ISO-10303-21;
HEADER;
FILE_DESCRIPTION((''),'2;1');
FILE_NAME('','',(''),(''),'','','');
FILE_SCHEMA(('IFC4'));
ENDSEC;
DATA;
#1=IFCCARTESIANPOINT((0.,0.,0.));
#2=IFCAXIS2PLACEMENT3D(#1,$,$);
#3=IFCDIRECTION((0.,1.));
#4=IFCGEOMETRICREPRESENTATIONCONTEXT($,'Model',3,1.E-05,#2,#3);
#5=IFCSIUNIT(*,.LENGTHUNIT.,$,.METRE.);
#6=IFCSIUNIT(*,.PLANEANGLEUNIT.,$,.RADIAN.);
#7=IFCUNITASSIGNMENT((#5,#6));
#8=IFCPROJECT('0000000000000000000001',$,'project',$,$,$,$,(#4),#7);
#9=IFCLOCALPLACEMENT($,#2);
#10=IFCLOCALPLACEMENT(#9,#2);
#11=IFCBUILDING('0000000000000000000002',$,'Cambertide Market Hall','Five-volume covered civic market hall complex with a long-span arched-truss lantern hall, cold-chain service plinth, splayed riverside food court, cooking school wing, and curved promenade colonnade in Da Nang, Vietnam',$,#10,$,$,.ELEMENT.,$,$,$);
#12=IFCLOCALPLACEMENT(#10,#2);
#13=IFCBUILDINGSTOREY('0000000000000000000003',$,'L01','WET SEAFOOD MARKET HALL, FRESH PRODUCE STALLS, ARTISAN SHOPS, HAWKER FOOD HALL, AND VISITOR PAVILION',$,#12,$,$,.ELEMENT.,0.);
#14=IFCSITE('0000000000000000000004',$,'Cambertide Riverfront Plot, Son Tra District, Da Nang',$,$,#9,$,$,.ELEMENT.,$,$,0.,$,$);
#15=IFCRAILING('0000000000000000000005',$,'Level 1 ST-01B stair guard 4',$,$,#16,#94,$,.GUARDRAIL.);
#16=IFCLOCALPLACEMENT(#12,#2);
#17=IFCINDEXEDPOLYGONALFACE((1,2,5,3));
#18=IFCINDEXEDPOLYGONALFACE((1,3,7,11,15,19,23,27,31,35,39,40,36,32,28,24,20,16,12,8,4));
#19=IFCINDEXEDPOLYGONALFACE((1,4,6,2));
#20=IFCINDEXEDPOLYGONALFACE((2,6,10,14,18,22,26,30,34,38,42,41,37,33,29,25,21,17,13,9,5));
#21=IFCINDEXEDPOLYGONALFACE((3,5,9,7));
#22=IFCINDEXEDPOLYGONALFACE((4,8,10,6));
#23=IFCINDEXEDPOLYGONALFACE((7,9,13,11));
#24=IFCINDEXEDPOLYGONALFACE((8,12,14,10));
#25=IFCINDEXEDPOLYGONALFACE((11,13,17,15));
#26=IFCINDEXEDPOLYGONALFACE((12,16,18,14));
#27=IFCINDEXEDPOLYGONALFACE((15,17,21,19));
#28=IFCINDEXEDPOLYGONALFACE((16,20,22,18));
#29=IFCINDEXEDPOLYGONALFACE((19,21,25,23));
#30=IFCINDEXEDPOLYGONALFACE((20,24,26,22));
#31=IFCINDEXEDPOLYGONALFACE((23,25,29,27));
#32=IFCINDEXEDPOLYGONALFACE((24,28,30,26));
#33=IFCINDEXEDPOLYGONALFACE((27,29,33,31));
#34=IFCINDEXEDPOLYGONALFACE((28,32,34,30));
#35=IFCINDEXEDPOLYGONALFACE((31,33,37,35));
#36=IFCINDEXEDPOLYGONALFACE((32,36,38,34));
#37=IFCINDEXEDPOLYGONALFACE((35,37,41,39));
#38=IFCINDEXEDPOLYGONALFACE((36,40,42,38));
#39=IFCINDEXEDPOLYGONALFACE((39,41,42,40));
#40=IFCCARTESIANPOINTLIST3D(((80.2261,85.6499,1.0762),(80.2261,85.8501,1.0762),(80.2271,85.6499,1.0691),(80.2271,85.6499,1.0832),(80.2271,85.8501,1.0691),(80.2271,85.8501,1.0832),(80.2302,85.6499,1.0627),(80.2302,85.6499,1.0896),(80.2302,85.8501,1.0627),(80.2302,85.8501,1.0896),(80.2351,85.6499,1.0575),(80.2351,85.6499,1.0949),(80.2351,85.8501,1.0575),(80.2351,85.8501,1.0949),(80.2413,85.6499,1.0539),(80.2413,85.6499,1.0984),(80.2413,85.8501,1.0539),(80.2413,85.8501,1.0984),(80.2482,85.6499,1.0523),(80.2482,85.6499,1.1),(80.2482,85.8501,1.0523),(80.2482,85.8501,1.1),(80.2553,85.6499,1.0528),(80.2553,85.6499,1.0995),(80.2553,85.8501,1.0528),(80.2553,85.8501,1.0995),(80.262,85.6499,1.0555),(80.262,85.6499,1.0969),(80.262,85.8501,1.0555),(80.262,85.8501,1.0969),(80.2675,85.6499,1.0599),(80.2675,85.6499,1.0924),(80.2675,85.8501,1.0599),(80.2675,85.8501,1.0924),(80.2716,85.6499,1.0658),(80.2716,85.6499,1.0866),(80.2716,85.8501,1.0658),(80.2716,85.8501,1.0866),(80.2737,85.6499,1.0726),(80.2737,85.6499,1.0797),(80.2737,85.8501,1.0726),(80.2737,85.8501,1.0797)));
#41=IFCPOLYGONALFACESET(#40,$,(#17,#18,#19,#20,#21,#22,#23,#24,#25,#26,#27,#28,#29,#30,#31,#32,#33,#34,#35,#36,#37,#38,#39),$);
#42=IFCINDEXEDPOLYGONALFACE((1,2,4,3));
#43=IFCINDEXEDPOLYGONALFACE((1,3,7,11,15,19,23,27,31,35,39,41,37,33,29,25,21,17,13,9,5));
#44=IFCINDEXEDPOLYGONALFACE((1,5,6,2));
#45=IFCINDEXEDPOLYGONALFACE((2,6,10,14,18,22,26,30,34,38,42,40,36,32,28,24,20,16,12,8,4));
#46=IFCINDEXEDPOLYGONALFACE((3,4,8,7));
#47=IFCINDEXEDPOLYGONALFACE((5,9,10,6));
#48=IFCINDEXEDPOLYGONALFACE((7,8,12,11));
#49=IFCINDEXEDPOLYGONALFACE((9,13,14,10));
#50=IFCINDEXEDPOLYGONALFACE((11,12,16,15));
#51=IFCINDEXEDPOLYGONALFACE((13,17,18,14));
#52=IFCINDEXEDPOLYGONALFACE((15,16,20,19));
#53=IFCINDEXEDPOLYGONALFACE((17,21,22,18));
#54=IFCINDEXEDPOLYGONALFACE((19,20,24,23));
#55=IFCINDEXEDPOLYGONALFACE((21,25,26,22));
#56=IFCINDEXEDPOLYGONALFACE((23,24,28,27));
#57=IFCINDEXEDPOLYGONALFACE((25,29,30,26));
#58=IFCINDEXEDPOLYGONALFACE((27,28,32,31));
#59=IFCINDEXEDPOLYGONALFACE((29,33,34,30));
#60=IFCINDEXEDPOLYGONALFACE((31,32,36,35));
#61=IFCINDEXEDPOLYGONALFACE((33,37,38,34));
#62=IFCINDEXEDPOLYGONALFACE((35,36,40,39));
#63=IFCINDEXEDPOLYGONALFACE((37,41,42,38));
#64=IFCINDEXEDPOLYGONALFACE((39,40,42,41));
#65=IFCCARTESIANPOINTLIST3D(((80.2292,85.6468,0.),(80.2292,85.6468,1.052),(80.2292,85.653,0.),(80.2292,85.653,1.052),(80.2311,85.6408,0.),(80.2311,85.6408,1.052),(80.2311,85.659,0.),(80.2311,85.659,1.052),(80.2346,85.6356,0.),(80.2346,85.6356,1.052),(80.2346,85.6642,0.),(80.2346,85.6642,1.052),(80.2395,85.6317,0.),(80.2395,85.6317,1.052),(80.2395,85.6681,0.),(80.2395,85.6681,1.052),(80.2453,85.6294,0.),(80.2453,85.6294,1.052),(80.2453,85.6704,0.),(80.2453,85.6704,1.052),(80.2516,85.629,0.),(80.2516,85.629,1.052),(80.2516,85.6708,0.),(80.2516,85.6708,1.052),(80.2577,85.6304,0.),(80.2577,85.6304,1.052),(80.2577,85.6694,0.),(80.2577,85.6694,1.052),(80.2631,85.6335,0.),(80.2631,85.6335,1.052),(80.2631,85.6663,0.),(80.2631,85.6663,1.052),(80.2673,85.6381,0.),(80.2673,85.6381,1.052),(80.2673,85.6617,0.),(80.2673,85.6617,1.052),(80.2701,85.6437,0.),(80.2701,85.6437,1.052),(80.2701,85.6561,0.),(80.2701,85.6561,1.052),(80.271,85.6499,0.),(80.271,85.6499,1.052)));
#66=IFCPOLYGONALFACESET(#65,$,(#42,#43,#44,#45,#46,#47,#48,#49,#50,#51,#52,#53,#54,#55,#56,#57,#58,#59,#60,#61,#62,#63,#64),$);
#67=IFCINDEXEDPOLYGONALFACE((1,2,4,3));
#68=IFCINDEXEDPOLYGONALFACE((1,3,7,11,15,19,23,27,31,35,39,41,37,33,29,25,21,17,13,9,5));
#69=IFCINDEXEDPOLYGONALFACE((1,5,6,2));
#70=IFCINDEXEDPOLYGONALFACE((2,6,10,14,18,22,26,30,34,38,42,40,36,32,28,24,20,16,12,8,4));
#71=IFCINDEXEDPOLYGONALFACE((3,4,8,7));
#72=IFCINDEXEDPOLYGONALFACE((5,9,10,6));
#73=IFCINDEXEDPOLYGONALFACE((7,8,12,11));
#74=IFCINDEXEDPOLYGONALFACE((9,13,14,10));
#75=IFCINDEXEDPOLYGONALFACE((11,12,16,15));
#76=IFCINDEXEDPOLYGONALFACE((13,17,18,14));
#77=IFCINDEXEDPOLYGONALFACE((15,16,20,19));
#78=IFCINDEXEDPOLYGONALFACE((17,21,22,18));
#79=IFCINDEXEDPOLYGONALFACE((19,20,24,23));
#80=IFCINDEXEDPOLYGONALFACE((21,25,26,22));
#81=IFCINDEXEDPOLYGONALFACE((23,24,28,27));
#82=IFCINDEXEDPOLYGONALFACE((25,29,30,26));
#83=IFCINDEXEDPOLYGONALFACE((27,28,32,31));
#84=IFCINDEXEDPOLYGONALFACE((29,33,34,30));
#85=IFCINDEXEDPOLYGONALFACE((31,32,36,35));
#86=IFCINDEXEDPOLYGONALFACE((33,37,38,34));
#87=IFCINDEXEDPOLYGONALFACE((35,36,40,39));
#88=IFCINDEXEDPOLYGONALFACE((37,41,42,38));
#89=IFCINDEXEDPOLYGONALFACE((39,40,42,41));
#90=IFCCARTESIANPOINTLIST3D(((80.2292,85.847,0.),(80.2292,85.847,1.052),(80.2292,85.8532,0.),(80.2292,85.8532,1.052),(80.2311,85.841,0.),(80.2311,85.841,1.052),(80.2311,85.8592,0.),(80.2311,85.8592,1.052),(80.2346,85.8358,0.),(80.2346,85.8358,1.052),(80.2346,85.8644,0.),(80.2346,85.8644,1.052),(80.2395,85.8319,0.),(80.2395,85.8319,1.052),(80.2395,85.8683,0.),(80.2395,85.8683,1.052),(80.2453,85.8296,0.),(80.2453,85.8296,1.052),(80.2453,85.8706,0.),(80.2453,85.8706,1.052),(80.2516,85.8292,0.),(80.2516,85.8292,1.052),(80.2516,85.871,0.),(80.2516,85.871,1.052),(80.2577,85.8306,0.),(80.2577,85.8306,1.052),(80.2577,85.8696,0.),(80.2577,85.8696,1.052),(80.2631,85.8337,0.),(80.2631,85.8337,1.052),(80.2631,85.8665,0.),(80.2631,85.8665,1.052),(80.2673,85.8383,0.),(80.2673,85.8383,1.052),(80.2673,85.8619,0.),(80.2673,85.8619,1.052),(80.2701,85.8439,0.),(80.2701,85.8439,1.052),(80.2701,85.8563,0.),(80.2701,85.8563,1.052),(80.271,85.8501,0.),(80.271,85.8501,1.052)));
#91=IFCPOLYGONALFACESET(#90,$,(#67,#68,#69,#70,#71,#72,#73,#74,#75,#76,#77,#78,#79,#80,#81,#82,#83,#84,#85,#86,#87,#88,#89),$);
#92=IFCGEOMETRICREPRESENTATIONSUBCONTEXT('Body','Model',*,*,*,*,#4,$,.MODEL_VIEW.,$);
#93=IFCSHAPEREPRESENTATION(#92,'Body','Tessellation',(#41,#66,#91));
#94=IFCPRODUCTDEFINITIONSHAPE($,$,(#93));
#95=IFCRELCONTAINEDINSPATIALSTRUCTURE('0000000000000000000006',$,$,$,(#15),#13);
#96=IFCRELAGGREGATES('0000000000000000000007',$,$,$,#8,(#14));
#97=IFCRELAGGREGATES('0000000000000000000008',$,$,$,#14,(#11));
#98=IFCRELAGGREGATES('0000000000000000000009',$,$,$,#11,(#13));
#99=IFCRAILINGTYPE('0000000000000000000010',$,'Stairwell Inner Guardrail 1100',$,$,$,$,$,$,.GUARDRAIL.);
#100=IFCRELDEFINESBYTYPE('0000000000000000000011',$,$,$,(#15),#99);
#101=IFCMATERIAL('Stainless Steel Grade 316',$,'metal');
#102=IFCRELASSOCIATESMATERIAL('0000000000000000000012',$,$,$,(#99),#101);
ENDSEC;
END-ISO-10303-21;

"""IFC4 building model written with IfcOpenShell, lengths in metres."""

from ifc_helpers import new_model, si_unit, direction, frame, origin, origin_2d, place, context, subcontext, project, spatial, circle, extrude, material, type_object, element, save


model = new_model("IFC4")

# Units and contexts
model_context = context("Model", 3, precision=1e-05, world=origin(), true_north=direction((0.0, 1.0)))
body_context = subcontext(model_context, "Body", "Model", "MODEL_VIEW")
ifc_project = project(units=[si_unit("LENGTHUNIT", "METRE"), si_unit("PLANEANGLEUNIT", "RADIAN")], contexts=[model_context])

# Site, building, storey
site_placement = place(None, origin())
site = spatial("IfcSite", under=ifc_project, at=site_placement, Name="Cambertide Riverfront Plot, Son Tra District, Da Nang", CompositionType="ELEMENT", RefElevation=0.0)
building_placement = place(site_placement, origin())
building = spatial("IfcBuilding", under=site, at=building_placement, Name="Cambertide Market Hall", Description="Five-volume covered civic market hall complex with a long-span arched-truss lantern hall, cold-chain service plinth, splayed riverside food court, cooking school wing, and curved promenade colonnade in Da Nang, Vietnam", CompositionType="ELEMENT")
storey_placement = place(building_placement, origin())
storey = spatial("IfcBuildingStorey", under=building, at=storey_placement, Name="L01", Description="WET SEAFOOD MARKET HALL, FRESH PRODUCE STALLS, ARTISAN SHOPS, HAWKER FOOD HALL, AND VISITOR PAVILION", CompositionType="ELEMENT", Elevation=0.0)

# Railing
ifc_material_1 = material(Name="Stainless Steel Grade 316", Category="metal")
railing_type_1 = type_object("IfcRailingType", Name="Stairwell Inner Guardrail 1100", PredefinedType="GUARDRAIL", material=ifc_material_1)
railing_1_placement = place(storey_placement, frame((80.25, 85.6499, 0.0)))
element("IfcRailing", 1, at=railing_1_placement, inside=storey, type_object=railing_type_1, Name="Level 1 ST-01B stair guard 4", PredefinedType="GUARDRAIL", context=body_context, shape_type="SweptSolid", body=[
    extrude(circle(Radius=0.0239, at=origin_2d()), frame((0.0, 0.0, 1.0762), z_axis=(0.0, 1.0, 0.0), x_axis=(-1.0, 0.0, 0.0)), (0.0, 0.0, 1.0), 0.2002),
    extrude(circle(Radius=0.021, at=origin_2d()), origin(), (0.0, 0.0, 1.0), 1.052),
    extrude(circle(Radius=0.021, at=origin_2d()), frame((0.0, 0.2002, 0.0)), (0.0, 0.0, 1.0), 1.052),
])

save(model, "model.ifc")
